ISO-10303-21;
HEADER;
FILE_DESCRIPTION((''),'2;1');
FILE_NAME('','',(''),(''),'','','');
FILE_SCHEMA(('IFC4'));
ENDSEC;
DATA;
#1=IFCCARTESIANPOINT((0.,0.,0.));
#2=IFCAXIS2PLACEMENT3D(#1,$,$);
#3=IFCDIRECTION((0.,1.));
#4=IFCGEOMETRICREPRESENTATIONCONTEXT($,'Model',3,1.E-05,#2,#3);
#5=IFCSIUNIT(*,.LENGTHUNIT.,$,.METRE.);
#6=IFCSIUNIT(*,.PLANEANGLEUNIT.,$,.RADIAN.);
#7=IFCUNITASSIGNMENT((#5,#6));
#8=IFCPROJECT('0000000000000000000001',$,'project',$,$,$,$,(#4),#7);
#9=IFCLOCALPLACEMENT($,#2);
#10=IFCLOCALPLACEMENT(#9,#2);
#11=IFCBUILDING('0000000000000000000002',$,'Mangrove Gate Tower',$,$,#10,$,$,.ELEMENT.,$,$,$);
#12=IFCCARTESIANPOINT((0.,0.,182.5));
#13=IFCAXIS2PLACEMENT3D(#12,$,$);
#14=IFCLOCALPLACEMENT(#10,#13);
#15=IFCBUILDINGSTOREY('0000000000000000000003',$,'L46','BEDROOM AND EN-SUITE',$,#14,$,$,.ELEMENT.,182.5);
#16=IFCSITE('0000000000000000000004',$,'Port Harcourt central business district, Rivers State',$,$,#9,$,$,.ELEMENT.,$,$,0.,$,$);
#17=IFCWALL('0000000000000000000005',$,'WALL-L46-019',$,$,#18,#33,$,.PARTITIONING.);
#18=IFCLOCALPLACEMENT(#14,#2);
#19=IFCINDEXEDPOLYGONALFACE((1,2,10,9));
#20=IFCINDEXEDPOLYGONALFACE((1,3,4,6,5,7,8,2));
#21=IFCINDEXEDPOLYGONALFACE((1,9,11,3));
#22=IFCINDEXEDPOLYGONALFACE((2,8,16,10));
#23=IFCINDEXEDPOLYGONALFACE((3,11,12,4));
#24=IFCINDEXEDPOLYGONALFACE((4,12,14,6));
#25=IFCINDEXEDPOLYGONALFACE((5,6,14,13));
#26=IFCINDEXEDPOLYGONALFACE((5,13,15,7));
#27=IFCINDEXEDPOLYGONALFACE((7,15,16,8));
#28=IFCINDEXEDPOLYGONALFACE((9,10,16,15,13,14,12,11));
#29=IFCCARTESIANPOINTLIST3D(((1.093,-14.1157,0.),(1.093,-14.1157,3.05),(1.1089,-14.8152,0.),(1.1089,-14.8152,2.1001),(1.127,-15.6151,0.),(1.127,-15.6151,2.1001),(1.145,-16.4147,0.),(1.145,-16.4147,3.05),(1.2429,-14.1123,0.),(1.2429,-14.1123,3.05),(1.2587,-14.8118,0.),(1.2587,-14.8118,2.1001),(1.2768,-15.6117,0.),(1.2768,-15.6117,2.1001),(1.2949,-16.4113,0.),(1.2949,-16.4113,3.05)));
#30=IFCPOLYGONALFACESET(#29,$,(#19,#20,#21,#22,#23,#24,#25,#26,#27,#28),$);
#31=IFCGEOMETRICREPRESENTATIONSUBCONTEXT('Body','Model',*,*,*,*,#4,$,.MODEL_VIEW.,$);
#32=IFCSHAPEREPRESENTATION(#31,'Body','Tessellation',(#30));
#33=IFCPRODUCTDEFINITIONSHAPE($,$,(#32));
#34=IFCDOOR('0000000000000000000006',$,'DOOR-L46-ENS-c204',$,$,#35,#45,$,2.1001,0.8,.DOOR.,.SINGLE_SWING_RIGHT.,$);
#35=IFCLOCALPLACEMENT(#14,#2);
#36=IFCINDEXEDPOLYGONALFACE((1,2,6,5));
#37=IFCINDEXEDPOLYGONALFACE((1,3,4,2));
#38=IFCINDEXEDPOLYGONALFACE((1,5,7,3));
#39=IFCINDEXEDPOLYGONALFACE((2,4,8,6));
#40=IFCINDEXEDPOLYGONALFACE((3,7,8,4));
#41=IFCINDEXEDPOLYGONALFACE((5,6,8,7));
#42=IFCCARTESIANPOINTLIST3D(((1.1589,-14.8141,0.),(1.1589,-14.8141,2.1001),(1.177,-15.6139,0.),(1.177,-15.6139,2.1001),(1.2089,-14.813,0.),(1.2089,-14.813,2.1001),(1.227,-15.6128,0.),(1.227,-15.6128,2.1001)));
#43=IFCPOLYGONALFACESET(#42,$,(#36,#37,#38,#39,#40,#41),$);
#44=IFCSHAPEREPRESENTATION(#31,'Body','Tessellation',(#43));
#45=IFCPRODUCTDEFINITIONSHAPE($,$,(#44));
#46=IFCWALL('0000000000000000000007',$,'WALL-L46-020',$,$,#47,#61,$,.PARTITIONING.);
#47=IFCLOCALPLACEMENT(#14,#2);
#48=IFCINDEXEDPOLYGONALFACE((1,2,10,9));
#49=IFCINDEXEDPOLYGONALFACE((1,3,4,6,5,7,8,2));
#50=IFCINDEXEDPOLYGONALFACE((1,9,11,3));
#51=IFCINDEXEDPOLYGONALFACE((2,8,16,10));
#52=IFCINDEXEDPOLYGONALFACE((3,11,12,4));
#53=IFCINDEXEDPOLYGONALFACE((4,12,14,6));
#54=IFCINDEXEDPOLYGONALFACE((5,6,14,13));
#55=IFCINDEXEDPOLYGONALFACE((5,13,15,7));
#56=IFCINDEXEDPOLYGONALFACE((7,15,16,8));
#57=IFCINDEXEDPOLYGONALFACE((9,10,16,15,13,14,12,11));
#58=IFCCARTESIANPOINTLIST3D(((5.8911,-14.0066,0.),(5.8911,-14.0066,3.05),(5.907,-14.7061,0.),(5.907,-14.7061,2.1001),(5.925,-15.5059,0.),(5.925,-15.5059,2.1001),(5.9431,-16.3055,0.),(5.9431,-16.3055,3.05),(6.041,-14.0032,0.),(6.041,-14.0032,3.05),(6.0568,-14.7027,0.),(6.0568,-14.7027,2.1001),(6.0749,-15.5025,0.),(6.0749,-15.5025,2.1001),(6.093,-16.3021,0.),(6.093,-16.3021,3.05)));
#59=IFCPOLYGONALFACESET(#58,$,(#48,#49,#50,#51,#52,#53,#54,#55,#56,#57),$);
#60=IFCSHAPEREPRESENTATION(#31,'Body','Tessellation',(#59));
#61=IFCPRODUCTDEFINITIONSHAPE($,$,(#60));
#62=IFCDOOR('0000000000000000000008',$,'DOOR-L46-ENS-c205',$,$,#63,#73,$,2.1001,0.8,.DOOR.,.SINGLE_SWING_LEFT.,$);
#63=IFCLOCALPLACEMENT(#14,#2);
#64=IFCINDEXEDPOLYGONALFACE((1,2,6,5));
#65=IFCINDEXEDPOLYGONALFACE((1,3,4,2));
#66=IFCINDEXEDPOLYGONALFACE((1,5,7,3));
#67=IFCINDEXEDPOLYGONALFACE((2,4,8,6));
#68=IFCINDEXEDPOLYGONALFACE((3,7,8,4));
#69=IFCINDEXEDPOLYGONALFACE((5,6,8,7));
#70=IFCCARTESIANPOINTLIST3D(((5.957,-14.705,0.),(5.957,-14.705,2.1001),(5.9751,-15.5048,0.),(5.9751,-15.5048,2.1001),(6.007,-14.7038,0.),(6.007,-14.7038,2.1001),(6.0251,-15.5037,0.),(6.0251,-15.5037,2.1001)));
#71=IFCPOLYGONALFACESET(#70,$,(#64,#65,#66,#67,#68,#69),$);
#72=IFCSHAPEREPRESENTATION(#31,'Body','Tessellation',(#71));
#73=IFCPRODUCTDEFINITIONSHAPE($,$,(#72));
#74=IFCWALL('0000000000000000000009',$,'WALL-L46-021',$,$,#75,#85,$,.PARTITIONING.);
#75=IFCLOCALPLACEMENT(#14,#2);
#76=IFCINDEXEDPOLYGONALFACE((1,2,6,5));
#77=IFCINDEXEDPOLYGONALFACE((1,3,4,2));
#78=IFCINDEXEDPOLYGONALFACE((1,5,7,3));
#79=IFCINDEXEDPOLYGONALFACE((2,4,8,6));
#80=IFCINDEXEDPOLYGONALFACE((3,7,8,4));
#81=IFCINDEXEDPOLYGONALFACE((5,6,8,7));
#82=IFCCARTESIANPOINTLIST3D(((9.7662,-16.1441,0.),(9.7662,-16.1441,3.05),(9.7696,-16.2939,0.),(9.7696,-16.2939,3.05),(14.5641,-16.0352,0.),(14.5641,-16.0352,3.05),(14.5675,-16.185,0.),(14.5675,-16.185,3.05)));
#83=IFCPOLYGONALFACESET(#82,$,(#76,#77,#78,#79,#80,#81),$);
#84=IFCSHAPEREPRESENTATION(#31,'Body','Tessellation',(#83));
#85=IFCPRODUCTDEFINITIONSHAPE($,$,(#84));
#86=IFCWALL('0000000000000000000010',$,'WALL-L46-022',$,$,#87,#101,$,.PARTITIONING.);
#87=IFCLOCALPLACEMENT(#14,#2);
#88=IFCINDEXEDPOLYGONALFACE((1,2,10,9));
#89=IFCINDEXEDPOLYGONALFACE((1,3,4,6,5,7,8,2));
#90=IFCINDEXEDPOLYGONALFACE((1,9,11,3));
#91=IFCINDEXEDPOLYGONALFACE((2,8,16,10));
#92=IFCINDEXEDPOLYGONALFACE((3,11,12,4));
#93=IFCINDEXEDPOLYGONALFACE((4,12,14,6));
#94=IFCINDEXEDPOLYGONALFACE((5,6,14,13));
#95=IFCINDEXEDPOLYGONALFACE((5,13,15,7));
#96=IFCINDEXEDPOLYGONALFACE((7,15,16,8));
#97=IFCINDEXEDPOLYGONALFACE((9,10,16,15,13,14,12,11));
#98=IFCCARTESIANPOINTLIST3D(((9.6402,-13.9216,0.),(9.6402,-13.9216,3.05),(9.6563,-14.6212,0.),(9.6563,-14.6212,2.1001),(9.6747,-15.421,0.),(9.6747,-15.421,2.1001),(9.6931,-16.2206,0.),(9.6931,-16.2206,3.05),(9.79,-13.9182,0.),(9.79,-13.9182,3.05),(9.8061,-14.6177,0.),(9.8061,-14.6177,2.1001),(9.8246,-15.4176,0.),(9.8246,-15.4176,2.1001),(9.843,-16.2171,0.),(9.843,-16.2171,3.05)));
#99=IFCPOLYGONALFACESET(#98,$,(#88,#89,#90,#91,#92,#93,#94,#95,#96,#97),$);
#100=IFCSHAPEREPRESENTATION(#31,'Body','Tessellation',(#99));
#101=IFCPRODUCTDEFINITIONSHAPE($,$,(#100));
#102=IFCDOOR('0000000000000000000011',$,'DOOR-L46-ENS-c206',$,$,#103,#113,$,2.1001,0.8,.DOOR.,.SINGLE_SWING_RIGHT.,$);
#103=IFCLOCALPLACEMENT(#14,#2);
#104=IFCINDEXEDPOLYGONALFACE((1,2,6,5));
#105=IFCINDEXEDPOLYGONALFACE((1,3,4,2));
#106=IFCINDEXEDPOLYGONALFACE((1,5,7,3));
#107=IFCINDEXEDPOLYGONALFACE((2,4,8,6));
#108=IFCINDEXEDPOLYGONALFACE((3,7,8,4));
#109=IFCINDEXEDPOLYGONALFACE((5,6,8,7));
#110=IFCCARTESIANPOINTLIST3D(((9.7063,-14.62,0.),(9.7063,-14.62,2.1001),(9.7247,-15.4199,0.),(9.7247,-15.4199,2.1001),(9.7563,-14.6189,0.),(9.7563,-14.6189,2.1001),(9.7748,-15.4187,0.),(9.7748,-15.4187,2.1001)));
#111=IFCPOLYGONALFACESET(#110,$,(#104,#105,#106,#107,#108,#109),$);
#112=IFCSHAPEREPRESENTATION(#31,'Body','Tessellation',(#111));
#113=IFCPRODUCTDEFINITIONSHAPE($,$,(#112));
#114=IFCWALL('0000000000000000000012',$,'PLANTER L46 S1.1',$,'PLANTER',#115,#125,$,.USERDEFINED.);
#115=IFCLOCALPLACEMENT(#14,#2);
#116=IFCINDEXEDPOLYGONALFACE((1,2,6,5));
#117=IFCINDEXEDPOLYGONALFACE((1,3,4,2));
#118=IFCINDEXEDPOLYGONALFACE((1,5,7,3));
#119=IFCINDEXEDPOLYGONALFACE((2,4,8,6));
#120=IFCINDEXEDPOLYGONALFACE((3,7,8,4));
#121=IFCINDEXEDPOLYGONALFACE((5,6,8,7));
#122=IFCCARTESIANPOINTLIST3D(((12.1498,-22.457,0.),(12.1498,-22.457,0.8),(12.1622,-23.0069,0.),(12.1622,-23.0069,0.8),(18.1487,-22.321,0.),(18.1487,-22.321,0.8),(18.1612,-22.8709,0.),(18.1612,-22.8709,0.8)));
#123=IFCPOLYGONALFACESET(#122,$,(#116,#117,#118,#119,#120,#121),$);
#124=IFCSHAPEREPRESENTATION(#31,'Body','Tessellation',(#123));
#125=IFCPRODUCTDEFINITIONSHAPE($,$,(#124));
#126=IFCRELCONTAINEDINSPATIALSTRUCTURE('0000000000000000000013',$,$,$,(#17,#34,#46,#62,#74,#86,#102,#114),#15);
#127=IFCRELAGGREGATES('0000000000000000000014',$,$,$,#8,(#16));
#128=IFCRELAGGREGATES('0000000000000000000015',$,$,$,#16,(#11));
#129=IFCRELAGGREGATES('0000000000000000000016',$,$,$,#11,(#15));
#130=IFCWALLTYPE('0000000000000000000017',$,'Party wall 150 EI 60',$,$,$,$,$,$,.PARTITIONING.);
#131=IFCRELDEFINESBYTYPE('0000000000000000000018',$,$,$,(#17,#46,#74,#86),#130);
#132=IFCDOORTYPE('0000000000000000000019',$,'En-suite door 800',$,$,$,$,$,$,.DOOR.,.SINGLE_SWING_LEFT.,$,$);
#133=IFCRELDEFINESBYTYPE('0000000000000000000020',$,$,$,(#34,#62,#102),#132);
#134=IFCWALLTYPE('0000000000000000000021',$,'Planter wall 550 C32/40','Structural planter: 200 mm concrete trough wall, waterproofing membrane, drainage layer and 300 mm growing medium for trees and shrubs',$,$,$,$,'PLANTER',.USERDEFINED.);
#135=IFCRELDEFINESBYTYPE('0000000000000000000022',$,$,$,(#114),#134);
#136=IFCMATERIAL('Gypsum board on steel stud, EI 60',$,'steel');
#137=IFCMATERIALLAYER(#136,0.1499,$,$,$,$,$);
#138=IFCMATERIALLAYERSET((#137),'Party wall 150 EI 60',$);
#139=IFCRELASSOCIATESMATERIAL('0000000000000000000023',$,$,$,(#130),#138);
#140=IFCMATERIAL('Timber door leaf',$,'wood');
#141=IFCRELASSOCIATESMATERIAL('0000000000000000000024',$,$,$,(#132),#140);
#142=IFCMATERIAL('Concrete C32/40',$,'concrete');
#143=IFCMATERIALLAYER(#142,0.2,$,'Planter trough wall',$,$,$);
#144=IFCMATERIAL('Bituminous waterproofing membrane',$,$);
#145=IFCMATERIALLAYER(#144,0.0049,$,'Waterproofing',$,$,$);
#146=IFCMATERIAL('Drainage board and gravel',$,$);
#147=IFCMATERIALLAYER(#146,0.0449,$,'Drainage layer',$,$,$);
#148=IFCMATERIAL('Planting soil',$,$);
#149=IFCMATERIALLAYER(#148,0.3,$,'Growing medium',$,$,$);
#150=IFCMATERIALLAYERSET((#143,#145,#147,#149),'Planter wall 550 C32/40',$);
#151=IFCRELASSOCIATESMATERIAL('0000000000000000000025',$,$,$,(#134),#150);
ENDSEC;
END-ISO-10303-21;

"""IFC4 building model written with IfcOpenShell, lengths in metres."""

from ifc_helpers import new_model, si_unit, direction, frame, frame_2d, origin, place, context, subcontext, project, spatial, rectangle, extrude, material, layer, layer_set, type_object, element, fill, save


model = new_model("IFC4")

# Units and contexts
model_context = context("Model", 3, precision=1e-05, world=origin(), true_north=direction((0.0, 1.0)))
body_context = subcontext(model_context, "Body", "Model", "MODEL_VIEW")
ifc_project = project(units=[si_unit("LENGTHUNIT", "METRE"), si_unit("PLANEANGLEUNIT", "RADIAN")], contexts=[model_context])

# Site, building, storey
site_placement = place(None, origin())
site = spatial("IfcSite", under=ifc_project, at=site_placement, Name="Port Harcourt central business district, Rivers State", CompositionType="ELEMENT", RefElevation=0.0)
building_placement = place(site_placement, origin())
building = spatial("IfcBuilding", under=site, at=building_placement, Name="Mangrove Gate Tower", CompositionType="ELEMENT")
storey_placement = place(building_placement, frame((0.0, 0.0, 182.5)))
storey = spatial("IfcBuildingStorey", under=building, at=storey_placement, Name="L46", Description="BEDROOM AND EN-SUITE", CompositionType="ELEMENT", Elevation=182.5)

# Shared definitions
ifc_material_1 = material(Name="Gypsum board on steel stud, EI 60", Category="steel")
ifc_layer_1 = layer(ifc_material_1, 0.1499)
ifc_layer_set_1 = layer_set([ifc_layer_1], Name="Party wall 150 EI 60")
wall_type_1 = type_object("IfcWallType", Name="Party wall 150 EI 60", PredefinedType="PARTITIONING", material=ifc_layer_set_1)

# Walls, openings, doors
wall_1_placement = place(storey_placement, frame((1.22, -16.4131, 0.0), z_axis=(0.0, 0.0, 1.0), x_axis=(-0.022613, 0.999744, 0.0)))
wall_1 = element("IfcWall", 1, at=wall_1_placement, inside=storey, type_object=wall_type_1, Name="WALL-L46-019", PredefinedType="PARTITIONING", context=body_context, shape_type="SweptSolid", body=[
    extrude(rectangle(XDim=2.2996, YDim=0.1499, at=frame_2d((1.1499, 0.0))), origin(), (0.0, 0.0, 1.0), 3.05),
])
opening_1_placement = place(wall_1_placement, frame((0.8, 0.0, 0.0)))
opening_1 = element("IfcOpeningElement", 2, at=opening_1_placement, cuts=wall_1, PredefinedType="OPENING", context=body_context, shape_type="SweptSolid", body=[
    extrude(rectangle(XDim=0.8, YDim=2.1001, at=frame_2d((0.3999, 1.05))), frame((0.0, 0.085, 0.0), z_axis=(0.0, -1.0, 0.0), x_axis=(1.0, 0.0, 0.0)), (0.0, 0.0, 1.0), 0.1699),
])
ifc_material_2 = material(Name="Timber door leaf", Category="wood")
door_type_1 = type_object("IfcDoorType", Name="En-suite door 800", OperationType="SINGLE_SWING_LEFT", PredefinedType="DOOR", material=ifc_material_2)
door_1_placement = place(opening_1_placement, origin())
door_1 = element("IfcDoor", 3, at=door_1_placement, inside=storey, type_object=door_type_1, Name="DOOR-L46-ENS-c204", OperationType="SINGLE_SWING_RIGHT", OverallHeight=2.1001, OverallWidth=0.8, PredefinedType="DOOR", context=body_context, shape_type="SweptSolid", body=[
    extrude(rectangle(XDim=0.8, YDim=2.1001, at=frame_2d((0.3999, 1.05))), frame((0.0, 0.0249, 0.0), z_axis=(0.0, -1.0, 0.0), x_axis=(1.0, 0.0, 0.0)), (0.0, 0.0, 1.0), 0.05),
])
fill(opening_1, door_1)
wall_2_placement = place(storey_placement, frame((6.0181, -16.304, 0.0), z_axis=(0.0, 0.0, 1.0), x_axis=(-0.022613, 0.999744, 0.0)))
wall_2 = element("IfcWall", 4, at=wall_2_placement, inside=storey, type_object=wall_type_1, Name="WALL-L46-020", PredefinedType="PARTITIONING", context=body_context, shape_type="SweptSolid", body=[
    extrude(rectangle(XDim=2.2996, YDim=0.1499, at=frame_2d((1.1499, 0.0))), origin(), (0.0, 0.0, 1.0), 3.05),
])
opening_2_placement = place(wall_2_placement, frame((0.8, 0.0, 0.0)))
opening_2 = element("IfcOpeningElement", 5, at=opening_2_placement, cuts=wall_2, PredefinedType="OPENING", context=body_context, shape_type="SweptSolid", body=[
    extrude(rectangle(XDim=0.8, YDim=2.1001, at=frame_2d((0.3999, 1.05))), frame((0.0, 0.085, 0.0), z_axis=(0.0, -1.0, 0.0), x_axis=(1.0, 0.0, 0.0)), (0.0, 0.0, 1.0), 0.1699),
])
door_2_placement = place(opening_2_placement, origin())
door_2 = element("IfcDoor", 6, at=door_2_placement, inside=storey, type_object=door_type_1, Name="DOOR-L46-ENS-c205", OperationType="SINGLE_SWING_LEFT", OverallHeight=2.1001, OverallWidth=0.8, PredefinedType="DOOR", context=body_context, shape_type="SweptSolid", body=[
    extrude(rectangle(XDim=0.8, YDim=2.1001, at=frame_2d((0.3999, 1.05))), frame((0.0, 0.0249, 0.0), z_axis=(0.0, -1.0, 0.0), x_axis=(1.0, 0.0, 0.0)), (0.0, 0.0, 1.0), 0.05),
])
fill(opening_2, door_2)

# Wall
wall_3_placement = place(storey_placement, frame((9.7681, -16.219, 0.0), z_axis=(0.0, 0.0, 1.0), x_axis=(0.999743, 0.022689, 0.0)))
element("IfcWall", 7, at=wall_3_placement, inside=storey, type_object=wall_type_1, Name="WALL-L46-021", PredefinedType="PARTITIONING", context=body_context, shape_type="SweptSolid", body=[
    extrude(rectangle(XDim=4.7991, YDim=0.1499, at=frame_2d((2.3994, 0.0))), origin(), (0.0, 0.0, 1.0), 3.05),
])

# Wall, opening, door
wall_4_placement = place(storey_placement, frame((9.7681, -16.219, 0.0), z_axis=(0.0, 0.0, 1.0), x_axis=(-0.023037, 0.999735, 0.0)))
wall_4 = element("IfcWall", 8, at=wall_4_placement, inside=storey, type_object=wall_type_1, Name="WALL-L46-022", PredefinedType="PARTITIONING", context=body_context, shape_type="SweptSolid", body=[
    extrude(rectangle(XDim=2.2996, YDim=0.1499, at=frame_2d((1.1499, 0.0))), origin(), (0.0, 0.0, 1.0), 3.05),
])
opening_3_placement = place(wall_4_placement, frame((0.8, 0.0, 0.0)))
opening_3 = element("IfcOpeningElement", 9, at=opening_3_placement, cuts=wall_4, PredefinedType="OPENING", context=body_context, shape_type="SweptSolid", body=[
    extrude(rectangle(XDim=0.8, YDim=2.1001, at=frame_2d((0.3999, 1.05))), frame((0.0, 0.085, 0.0), z_axis=(0.0, -1.0, 0.0), x_axis=(1.0, 0.0, 0.0)), (0.0, 0.0, 1.0), 0.1699),
])
door_3_placement = place(opening_3_placement, origin())
door_3 = element("IfcDoor", 10, at=door_3_placement, inside=storey, type_object=door_type_1, Name="DOOR-L46-ENS-c206", OperationType="SINGLE_SWING_RIGHT", OverallHeight=2.1001, OverallWidth=0.8, PredefinedType="DOOR", context=body_context, shape_type="SweptSolid", body=[
    extrude(rectangle(XDim=0.8, YDim=2.1001, at=frame_2d((0.3999, 1.05))), frame((0.0, 0.0249, 0.0), z_axis=(0.0, -1.0, 0.0), x_axis=(1.0, 0.0, 0.0)), (0.0, 0.0, 1.0), 0.05),
])
fill(opening_3, door_3)

# Wall
ifc_material_3 = material(Name="Concrete C32/40", Category="concrete")
ifc_layer_2 = layer(ifc_material_3, 0.2, Name="Planter trough wall")
ifc_material_4 = material(Name="Bituminous waterproofing membrane")
ifc_layer_3 = layer(ifc_material_4, 0.0049, Name="Waterproofing")
ifc_material_5 = material(Name="Drainage board and gravel")
ifc_layer_4 = layer(ifc_material_5, 0.0449, Name="Drainage layer")
ifc_material_6 = material(Name="Planting soil")
ifc_layer_5 = layer(ifc_material_6, 0.3, Name="Growing medium")
ifc_layer_set_2 = layer_set([ifc_layer_2, ifc_layer_3, ifc_layer_4, ifc_layer_5], Name="Planter wall 550 C32/40")
wall_type_2 = type_object("IfcWallType", Name="Planter wall 550 C32/40", Description="Structural planter: 200 mm concrete trough wall, waterproofing membrane, drainage layer and 300 mm growing medium for trees and shrubs", ElementType="PLANTER", PredefinedType="USERDEFINED", material=ifc_layer_set_2)
wall_5_placement = place(storey_placement, frame((12.156, -22.7319, 0.0), z_axis=(0.0, 0.0, 1.0), x_axis=(0.999743, 0.022662, 0.0)))
element("IfcWall", 11, at=wall_5_placement, inside=storey, type_object=wall_type_2, Name="PLANTER L46 S1.1", ObjectType="PLANTER", PredefinedType="USERDEFINED", context=body_context, shape_type="SweptSolid", body=[
    extrude(rectangle(XDim=6.0005, YDim=0.55, at=frame_2d((3.0002, 0.0))), origin(), (0.0, 0.0, 1.0), 0.8),
])

save(model, "model.ifc")
